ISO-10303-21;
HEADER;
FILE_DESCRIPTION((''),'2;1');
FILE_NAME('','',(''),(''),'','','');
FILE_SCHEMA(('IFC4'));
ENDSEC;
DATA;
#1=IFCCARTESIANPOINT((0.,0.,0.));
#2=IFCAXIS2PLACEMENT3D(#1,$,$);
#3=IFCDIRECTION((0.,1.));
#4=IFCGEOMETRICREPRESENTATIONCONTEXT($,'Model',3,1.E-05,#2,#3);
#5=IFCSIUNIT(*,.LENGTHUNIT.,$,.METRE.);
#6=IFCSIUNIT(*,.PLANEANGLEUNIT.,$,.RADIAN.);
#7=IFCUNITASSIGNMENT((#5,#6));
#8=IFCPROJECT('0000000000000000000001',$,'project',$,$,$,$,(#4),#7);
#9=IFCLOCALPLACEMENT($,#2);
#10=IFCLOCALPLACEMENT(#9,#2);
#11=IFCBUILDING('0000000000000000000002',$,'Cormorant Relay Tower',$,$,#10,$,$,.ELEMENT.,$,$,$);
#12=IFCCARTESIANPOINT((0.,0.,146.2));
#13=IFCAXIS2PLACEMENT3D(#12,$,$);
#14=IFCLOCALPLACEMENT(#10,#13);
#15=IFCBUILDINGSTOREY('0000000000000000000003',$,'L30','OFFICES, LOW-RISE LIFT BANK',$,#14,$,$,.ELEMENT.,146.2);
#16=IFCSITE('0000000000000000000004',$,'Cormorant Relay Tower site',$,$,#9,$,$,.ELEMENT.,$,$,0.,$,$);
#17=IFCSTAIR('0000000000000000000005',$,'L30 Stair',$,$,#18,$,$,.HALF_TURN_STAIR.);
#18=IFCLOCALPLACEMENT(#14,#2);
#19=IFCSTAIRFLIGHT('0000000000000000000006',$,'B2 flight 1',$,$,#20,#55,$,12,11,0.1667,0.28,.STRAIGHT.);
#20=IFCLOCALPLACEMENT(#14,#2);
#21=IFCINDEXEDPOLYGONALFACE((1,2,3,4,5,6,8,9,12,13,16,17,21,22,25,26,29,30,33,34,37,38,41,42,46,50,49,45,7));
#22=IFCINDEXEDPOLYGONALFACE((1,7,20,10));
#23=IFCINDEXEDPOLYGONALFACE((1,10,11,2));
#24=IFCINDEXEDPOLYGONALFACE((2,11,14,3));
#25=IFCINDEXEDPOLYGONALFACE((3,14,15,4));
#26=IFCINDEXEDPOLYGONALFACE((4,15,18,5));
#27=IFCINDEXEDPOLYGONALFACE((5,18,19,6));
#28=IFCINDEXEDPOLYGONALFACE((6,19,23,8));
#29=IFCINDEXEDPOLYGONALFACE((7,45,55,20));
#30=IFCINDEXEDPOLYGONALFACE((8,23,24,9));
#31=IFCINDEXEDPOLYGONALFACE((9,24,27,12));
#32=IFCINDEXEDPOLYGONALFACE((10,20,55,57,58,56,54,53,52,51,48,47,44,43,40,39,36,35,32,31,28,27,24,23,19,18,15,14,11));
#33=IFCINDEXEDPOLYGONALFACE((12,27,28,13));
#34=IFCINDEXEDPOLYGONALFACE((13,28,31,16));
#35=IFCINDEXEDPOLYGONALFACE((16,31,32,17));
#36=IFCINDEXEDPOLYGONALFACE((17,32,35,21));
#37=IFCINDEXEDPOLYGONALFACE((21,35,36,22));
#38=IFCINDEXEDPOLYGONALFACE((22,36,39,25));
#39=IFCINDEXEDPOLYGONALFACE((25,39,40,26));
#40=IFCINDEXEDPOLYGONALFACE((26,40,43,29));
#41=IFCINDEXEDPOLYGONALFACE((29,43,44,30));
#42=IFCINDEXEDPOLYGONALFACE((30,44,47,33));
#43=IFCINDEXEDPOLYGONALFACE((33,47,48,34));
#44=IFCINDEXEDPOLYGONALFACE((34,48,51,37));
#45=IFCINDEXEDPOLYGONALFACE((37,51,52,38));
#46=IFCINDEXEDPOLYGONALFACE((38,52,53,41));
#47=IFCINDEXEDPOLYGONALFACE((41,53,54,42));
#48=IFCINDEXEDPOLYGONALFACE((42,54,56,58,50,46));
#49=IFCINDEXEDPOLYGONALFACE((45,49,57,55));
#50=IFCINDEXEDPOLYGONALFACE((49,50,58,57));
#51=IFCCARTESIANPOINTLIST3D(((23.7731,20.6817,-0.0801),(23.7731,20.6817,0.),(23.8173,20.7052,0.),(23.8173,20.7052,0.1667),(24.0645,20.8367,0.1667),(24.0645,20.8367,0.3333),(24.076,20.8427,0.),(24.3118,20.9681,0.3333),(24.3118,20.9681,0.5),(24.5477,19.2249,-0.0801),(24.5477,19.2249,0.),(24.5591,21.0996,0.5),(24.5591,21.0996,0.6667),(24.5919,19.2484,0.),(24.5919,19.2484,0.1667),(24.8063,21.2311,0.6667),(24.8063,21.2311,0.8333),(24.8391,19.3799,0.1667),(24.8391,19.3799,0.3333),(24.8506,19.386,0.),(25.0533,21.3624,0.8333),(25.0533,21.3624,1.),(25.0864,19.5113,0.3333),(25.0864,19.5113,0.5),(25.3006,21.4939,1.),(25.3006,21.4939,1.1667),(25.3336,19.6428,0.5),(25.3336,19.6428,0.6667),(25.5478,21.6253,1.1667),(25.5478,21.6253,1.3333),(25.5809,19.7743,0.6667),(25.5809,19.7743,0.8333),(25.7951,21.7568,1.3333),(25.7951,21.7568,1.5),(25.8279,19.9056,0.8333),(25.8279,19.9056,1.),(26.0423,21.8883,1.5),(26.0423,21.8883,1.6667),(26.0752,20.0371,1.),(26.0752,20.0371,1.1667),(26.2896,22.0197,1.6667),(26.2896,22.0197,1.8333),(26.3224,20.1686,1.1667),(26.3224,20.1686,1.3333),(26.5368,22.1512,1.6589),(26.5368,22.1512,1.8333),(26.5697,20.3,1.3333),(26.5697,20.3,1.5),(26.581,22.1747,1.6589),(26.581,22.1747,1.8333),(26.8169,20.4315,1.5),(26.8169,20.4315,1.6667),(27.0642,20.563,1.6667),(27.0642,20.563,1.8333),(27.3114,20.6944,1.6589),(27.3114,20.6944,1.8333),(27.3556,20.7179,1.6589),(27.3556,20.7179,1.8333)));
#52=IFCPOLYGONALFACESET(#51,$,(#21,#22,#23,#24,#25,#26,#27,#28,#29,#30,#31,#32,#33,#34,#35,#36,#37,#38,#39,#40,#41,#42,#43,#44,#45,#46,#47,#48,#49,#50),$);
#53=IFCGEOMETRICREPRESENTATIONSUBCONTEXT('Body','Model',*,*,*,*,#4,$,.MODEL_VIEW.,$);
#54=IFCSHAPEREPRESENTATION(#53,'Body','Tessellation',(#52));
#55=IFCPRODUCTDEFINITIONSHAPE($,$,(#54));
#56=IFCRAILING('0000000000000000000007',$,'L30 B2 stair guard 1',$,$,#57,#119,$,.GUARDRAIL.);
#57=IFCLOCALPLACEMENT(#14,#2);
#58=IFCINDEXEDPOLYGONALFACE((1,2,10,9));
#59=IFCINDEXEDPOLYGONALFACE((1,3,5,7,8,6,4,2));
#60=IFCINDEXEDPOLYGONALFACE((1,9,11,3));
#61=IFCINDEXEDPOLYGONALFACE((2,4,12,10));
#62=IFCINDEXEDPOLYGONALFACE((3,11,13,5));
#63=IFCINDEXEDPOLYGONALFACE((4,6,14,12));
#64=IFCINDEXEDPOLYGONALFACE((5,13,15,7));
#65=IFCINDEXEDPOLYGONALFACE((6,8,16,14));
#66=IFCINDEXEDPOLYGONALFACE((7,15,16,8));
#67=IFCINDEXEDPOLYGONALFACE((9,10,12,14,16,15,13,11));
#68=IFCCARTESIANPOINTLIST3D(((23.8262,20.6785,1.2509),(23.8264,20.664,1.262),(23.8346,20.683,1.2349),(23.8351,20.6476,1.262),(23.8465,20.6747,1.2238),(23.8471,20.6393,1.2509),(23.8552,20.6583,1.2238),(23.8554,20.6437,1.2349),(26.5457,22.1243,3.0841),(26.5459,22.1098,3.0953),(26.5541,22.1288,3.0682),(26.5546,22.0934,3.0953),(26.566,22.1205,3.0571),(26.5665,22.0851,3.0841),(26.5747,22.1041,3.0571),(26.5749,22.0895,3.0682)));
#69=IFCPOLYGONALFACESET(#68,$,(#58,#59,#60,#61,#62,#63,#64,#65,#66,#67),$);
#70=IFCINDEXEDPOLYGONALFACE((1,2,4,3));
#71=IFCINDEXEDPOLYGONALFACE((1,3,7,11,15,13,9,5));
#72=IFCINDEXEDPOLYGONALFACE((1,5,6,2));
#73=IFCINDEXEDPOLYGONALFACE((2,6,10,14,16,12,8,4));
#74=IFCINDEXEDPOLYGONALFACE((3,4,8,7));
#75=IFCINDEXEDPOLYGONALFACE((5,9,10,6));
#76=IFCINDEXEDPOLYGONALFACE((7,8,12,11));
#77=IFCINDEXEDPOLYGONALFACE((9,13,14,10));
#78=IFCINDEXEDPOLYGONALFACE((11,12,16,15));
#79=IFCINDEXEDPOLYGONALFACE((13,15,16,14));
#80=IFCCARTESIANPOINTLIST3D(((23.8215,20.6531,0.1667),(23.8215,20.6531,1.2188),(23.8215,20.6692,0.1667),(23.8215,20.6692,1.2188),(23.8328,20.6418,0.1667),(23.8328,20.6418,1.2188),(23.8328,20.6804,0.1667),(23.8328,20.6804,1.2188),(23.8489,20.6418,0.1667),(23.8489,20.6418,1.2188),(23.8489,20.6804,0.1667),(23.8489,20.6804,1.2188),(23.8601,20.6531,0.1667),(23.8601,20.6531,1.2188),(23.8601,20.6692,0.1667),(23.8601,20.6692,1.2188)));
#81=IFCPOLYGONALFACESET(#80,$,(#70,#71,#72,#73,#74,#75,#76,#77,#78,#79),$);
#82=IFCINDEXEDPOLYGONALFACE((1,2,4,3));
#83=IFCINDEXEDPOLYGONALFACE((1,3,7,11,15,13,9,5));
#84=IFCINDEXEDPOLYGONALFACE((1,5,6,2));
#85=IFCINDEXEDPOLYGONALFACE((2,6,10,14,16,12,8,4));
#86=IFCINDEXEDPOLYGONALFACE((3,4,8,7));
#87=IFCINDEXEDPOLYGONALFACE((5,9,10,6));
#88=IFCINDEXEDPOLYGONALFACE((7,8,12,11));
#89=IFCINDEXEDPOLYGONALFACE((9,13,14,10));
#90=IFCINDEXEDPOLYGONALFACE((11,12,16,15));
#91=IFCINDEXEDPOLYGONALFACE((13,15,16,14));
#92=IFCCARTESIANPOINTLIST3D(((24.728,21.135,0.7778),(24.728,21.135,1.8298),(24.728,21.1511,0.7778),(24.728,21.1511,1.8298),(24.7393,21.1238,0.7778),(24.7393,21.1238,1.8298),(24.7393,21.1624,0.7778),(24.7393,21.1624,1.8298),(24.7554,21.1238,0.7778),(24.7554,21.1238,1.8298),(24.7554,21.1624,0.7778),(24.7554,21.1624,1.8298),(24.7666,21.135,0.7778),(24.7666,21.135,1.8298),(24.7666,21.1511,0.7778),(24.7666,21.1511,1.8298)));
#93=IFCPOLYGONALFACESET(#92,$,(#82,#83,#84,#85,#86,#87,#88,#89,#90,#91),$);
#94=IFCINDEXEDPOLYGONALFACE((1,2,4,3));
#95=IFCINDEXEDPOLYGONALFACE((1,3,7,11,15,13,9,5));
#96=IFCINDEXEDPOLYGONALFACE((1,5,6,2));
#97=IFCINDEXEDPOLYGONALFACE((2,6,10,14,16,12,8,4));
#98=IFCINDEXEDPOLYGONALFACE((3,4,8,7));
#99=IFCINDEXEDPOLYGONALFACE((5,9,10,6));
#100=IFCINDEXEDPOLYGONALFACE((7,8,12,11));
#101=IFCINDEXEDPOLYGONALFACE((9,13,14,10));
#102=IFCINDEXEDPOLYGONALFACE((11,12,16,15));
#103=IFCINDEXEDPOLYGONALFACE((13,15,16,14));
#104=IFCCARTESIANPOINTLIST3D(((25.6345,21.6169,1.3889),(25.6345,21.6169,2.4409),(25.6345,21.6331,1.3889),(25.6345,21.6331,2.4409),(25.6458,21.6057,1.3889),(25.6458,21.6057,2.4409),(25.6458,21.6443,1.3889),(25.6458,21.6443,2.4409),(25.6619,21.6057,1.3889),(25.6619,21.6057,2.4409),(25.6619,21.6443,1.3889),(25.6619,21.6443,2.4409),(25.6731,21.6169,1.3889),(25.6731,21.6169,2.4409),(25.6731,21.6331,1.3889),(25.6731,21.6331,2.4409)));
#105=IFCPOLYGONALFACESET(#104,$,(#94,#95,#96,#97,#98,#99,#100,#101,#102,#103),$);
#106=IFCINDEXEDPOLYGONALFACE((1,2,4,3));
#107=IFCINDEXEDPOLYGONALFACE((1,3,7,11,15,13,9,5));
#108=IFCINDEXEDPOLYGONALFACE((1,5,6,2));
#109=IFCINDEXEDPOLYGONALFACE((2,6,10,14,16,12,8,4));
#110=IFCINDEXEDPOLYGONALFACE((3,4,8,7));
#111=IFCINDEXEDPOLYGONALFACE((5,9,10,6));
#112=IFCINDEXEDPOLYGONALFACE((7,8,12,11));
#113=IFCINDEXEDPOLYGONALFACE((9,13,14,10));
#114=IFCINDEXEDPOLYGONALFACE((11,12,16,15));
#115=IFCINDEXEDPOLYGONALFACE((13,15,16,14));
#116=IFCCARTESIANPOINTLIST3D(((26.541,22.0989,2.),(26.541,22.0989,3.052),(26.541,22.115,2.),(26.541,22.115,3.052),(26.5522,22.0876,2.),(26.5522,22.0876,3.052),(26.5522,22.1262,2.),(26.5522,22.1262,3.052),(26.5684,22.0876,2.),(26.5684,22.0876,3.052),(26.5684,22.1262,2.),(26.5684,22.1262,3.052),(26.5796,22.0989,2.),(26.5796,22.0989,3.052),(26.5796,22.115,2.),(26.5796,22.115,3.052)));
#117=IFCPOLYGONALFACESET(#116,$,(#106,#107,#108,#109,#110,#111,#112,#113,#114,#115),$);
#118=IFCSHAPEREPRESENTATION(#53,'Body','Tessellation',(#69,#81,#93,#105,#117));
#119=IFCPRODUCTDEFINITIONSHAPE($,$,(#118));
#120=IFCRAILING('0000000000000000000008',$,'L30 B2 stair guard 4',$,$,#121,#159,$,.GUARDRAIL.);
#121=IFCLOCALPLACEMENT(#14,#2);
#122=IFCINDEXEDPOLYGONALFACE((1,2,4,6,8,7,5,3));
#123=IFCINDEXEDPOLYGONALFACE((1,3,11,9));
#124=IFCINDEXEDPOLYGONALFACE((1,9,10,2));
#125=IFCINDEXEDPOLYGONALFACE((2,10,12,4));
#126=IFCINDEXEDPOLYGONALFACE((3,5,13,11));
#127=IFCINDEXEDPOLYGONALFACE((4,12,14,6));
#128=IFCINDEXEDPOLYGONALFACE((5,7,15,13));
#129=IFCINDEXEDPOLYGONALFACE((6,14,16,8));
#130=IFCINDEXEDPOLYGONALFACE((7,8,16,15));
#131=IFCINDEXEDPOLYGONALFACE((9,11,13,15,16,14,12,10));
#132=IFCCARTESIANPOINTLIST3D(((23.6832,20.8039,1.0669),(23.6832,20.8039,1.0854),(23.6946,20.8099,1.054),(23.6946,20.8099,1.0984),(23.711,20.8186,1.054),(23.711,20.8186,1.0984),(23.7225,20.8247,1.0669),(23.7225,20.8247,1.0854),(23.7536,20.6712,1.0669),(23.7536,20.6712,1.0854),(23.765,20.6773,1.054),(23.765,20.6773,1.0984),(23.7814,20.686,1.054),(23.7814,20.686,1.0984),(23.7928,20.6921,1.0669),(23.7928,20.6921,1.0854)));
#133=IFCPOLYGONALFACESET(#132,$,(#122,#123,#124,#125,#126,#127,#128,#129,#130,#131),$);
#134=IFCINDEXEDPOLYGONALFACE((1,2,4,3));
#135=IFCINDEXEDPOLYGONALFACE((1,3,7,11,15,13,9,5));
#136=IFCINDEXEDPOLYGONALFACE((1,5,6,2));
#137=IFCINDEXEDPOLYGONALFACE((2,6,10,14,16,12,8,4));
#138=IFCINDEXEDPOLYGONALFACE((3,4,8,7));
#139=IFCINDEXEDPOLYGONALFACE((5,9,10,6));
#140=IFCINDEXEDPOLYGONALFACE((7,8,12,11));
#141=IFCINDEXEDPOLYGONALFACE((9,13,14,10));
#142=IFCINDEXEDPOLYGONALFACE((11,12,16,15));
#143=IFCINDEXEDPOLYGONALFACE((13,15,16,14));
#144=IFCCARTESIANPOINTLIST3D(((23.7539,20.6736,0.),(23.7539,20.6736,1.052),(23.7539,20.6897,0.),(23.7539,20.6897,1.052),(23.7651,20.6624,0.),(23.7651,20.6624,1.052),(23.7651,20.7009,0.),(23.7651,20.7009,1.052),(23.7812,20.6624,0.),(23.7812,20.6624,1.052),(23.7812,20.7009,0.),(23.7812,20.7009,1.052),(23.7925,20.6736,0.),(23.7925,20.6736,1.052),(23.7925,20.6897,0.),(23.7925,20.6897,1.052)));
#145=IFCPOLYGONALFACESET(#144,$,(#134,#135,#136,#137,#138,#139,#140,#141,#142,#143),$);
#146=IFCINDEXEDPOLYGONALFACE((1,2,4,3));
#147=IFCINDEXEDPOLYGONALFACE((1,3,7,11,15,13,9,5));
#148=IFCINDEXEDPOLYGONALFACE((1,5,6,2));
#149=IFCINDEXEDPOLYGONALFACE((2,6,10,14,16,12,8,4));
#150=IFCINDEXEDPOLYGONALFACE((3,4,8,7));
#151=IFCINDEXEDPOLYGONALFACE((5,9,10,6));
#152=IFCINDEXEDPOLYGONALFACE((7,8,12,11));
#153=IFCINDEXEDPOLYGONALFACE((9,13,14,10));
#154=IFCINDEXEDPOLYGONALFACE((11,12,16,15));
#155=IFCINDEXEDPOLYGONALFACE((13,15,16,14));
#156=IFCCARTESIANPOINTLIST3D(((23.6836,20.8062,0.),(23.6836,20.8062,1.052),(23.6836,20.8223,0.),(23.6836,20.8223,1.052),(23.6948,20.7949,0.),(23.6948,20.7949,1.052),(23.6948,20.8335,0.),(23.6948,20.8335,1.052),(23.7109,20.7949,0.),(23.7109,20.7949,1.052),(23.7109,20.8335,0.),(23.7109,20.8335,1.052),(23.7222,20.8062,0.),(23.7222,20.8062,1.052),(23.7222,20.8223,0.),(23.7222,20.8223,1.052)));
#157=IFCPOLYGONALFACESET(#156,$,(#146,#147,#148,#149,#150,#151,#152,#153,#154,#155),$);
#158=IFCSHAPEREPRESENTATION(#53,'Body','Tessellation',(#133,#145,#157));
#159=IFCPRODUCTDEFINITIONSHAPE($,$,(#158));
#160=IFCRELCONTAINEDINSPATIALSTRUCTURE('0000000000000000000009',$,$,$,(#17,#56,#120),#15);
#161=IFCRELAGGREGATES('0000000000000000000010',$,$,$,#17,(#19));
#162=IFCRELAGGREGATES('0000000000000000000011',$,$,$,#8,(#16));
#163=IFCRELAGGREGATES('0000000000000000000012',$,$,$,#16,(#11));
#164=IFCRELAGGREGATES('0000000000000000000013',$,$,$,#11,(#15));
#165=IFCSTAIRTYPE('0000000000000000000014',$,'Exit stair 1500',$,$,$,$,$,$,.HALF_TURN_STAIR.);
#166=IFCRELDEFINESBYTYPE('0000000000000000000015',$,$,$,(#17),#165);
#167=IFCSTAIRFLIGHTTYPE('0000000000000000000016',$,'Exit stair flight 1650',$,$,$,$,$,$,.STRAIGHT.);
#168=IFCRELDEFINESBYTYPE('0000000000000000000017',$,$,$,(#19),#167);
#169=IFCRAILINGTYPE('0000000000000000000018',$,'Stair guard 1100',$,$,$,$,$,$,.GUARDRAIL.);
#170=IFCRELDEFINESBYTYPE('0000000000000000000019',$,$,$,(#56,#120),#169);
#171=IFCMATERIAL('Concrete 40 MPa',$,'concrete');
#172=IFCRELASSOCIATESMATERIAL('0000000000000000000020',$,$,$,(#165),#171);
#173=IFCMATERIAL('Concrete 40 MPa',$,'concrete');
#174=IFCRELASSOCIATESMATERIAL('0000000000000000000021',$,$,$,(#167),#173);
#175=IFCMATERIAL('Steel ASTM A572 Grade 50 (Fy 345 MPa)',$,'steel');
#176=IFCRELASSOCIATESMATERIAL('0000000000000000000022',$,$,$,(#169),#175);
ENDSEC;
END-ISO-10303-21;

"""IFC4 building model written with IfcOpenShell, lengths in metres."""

from ifc_helpers import new_model, si_unit, direction, frame, origin, place, context, subcontext, project, spatial, polyline, outline, extrude, material, type_object, element, aggregate, save


model = new_model("IFC4")

# Units and contexts
model_context = context("Model", 3, precision=1e-05, world=origin(), true_north=direction((0.0, 1.0)))
body_context = subcontext(model_context, "Body", "Model", "MODEL_VIEW")
ifc_project = project(units=[si_unit("LENGTHUNIT", "METRE"), si_unit("PLANEANGLEUNIT", "RADIAN")], contexts=[model_context])

# Site, building, storey
site_placement = place(None, origin())
site = spatial("IfcSite", under=ifc_project, at=site_placement, Name="Cormorant Relay Tower site", CompositionType="ELEMENT", RefElevation=0.0)
building_placement = place(site_placement, origin())
building = spatial("IfcBuilding", under=site, at=building_placement, Name="Cormorant Relay Tower", CompositionType="ELEMENT")
storey_placement = place(building_placement, frame((0.0, 0.0, 146.2)))
storey = spatial("IfcBuildingStorey", under=building, at=storey_placement, Name="L30", Description="OFFICES, LOW-RISE LIFT BANK", CompositionType="ELEMENT", Elevation=146.2)

# Stair, stair flight
ifc_material_1 = material(Name="Concrete 40 MPa", Category="concrete")
stair_type = type_object("IfcStairType", Name="Exit stair 1500", PredefinedType="HALF_TURN_STAIR", material=ifc_material_1)
stair_placement = place(storey_placement, origin())
stair = element("IfcStair", 1, at=stair_placement, inside=storey, type_object=stair_type, Name="L30 Stair", PredefinedType="HALF_TURN_STAIR")
ifc_material_2 = material(Name="Concrete 40 MPa", Category="concrete")
stair_flight_type = type_object("IfcStairFlightType", Name="Exit stair flight 1650", PredefinedType="STRAIGHT", material=ifc_material_2)
stair_flight_placement = place(storey_placement, frame((24.2046, 19.9768, 0.0), z_axis=(0.0, 0.0, 1.0), x_axis=(0.882948, 0.469472, 0.0)))
stair_flight = element("IfcStairFlight", 2, at=stair_flight_placement, type_object=stair_flight_type, Name="B2 flight 1", NumberOfRisers=12, NumberOfTreads=11, PredefinedType="STRAIGHT", RiserHeight=0.1667, TreadLength=0.28, context=body_context, shape_type="SweptSolid", body=[
    extrude(outline(polyline([(-0.05, -0.0801), (-0.05, 0.0), (0.0, 0.0), (0.0, 0.1667), (0.28, 0.1667), (0.28, 0.3333), (0.5601, 0.3333), (0.5601, 0.5), (0.8401, 0.5), (0.8401, 0.6667), (1.1201, 0.6667), (1.1201, 0.8333), (1.3999, 0.8333), (1.3999, 1.0), (1.6799, 1.0), (1.6799, 1.1667), (1.96, 1.1667), (1.96, 1.3333), (2.24, 1.3333), (2.24, 1.5), (2.52, 1.5), (2.52, 1.6667), (2.8, 1.6667), (2.8, 1.8333), (3.0801, 1.8333), (3.1301, 1.8333), (3.1301, 1.6589), (3.0801, 1.6589), (0.293, 0.0), (-0.05, -0.0801)])), frame((0.0, 0.825, 0.0), z_axis=(0.0, -1.0, 0.0), x_axis=(1.0, 0.0, 0.0)), (0.0, 0.0, 1.0), 1.6499),
])
aggregate(stair, [stair_flight])

# Railings
ifc_material_3 = material(Name="Steel ASTM A572 Grade 50 (Fy 345 MPa)", Category="steel")
railing_type_1 = type_object("IfcRailingType", Name="Stair guard 1100", PredefinedType="GUARDRAIL", material=ifc_material_3)
railing_1_placement = place(storey_placement, frame((23.8408, 20.6611, 0.1667)))
element("IfcRailing", 3, at=railing_1_placement, inside=storey, type_object=railing_type_1, Name="L30 B2 stair guard 1", PredefinedType="GUARDRAIL", context=body_context, shape_type="SweptSolid", body=[
    extrude(outline(polyline([(0.0222, 0.0093), (0.0093, 0.0222), (-0.0093, 0.0222), (-0.0222, 0.0093), (-0.0222, -0.0093), (-0.0093, -0.0222), (0.0093, -0.0222), (0.0222, -0.0093), (0.0222, 0.0093)])), frame((0.0, 0.0, 1.0762), z_axis=(0.758735, 0.403378, 0.511477), x_axis=(-0.469428, 0.882971, 0.0)), (0.0, 0.0, 1.0), 3.5842),
    extrude(outline(polyline([(0.0193, 0.0081), (0.0081, 0.0193), (-0.0081, 0.0193), (-0.0193, 0.0081), (-0.0193, -0.0081), (-0.0081, -0.0193), (0.0081, -0.0193), (0.0193, -0.0081), (0.0193, 0.0081)])), origin(), (0.0, 0.0, 1.0), 1.052),
    extrude(outline(polyline([(0.0193, 0.0081), (0.0081, 0.0193), (-0.0081, 0.0193), (-0.0193, 0.0081), (-0.0193, -0.0081), (-0.0081, -0.0193), (0.0081, -0.0193), (0.0193, -0.0081), (0.0193, 0.0081)])), frame((0.9065, 0.4819, 0.6111)), (0.0, 0.0, 1.0), 1.052),
    extrude(outline(polyline([(0.0193, 0.0081), (0.0081, 0.0193), (-0.0081, 0.0193), (-0.0193, 0.0081), (-0.0193, -0.0081), (-0.0081, -0.0193), (0.0081, -0.0193), (0.0193, -0.0081), (0.0193, 0.0081)])), frame((1.813, 0.9639, 1.2222)), (0.0, 0.0, 1.0), 1.052),
    extrude(outline(polyline([(0.0193, 0.0081), (0.0081, 0.0193), (-0.0081, 0.0193), (-0.0193, 0.0081), (-0.0193, -0.0081), (-0.0081, -0.0193), (0.0081, -0.0193), (0.0193, -0.0081), (0.0193, 0.0081)])), frame((2.7195, 1.4458, 1.8333)), (0.0, 0.0, 1.0), 1.052),
])
railing_2_placement = place(storey_placement, frame((23.7732, 20.6816, 0.0)))
element("IfcRailing", 4, at=railing_2_placement, inside=storey, type_object=railing_type_1, Name="L30 B2 stair guard 4", PredefinedType="GUARDRAIL", context=body_context, shape_type="SweptSolid", body=[
    extrude(outline(polyline([(0.0222, 0.0093), (0.0093, 0.0222), (-0.0093, 0.0222), (-0.0222, 0.0093), (-0.0222, -0.0093), (-0.0093, -0.0222), (0.0093, -0.0222), (0.0222, -0.0093), (0.0222, 0.0093)])), frame((0.0, 0.0, 1.0762), z_axis=(-0.46856, 0.883431, 0.0), x_axis=(-0.883431, -0.46856, 0.0)), (0.0, 0.0, 1.0), 0.1501),
    extrude(outline(polyline([(0.0193, 0.0081), (0.0081, 0.0193), (-0.0081, 0.0193), (-0.0193, 0.0081), (-0.0193, -0.0081), (-0.0081, -0.0193), (0.0081, -0.0193), (0.0193, -0.0081), (0.0193, 0.0081)])), origin(), (0.0, 0.0, 1.0), 1.052),
    extrude(outline(polyline([(0.0193, 0.0081), (0.0081, 0.0193), (-0.0081, 0.0193), (-0.0193, 0.0081), (-0.0193, -0.0081), (-0.0081, -0.0193), (0.0081, -0.0193), (0.0193, -0.0081), (0.0193, 0.0081)])), frame((-0.0703, 0.1326, 0.0)), (0.0, 0.0, 1.0), 1.052),
])

save(model, "model.ifc")
